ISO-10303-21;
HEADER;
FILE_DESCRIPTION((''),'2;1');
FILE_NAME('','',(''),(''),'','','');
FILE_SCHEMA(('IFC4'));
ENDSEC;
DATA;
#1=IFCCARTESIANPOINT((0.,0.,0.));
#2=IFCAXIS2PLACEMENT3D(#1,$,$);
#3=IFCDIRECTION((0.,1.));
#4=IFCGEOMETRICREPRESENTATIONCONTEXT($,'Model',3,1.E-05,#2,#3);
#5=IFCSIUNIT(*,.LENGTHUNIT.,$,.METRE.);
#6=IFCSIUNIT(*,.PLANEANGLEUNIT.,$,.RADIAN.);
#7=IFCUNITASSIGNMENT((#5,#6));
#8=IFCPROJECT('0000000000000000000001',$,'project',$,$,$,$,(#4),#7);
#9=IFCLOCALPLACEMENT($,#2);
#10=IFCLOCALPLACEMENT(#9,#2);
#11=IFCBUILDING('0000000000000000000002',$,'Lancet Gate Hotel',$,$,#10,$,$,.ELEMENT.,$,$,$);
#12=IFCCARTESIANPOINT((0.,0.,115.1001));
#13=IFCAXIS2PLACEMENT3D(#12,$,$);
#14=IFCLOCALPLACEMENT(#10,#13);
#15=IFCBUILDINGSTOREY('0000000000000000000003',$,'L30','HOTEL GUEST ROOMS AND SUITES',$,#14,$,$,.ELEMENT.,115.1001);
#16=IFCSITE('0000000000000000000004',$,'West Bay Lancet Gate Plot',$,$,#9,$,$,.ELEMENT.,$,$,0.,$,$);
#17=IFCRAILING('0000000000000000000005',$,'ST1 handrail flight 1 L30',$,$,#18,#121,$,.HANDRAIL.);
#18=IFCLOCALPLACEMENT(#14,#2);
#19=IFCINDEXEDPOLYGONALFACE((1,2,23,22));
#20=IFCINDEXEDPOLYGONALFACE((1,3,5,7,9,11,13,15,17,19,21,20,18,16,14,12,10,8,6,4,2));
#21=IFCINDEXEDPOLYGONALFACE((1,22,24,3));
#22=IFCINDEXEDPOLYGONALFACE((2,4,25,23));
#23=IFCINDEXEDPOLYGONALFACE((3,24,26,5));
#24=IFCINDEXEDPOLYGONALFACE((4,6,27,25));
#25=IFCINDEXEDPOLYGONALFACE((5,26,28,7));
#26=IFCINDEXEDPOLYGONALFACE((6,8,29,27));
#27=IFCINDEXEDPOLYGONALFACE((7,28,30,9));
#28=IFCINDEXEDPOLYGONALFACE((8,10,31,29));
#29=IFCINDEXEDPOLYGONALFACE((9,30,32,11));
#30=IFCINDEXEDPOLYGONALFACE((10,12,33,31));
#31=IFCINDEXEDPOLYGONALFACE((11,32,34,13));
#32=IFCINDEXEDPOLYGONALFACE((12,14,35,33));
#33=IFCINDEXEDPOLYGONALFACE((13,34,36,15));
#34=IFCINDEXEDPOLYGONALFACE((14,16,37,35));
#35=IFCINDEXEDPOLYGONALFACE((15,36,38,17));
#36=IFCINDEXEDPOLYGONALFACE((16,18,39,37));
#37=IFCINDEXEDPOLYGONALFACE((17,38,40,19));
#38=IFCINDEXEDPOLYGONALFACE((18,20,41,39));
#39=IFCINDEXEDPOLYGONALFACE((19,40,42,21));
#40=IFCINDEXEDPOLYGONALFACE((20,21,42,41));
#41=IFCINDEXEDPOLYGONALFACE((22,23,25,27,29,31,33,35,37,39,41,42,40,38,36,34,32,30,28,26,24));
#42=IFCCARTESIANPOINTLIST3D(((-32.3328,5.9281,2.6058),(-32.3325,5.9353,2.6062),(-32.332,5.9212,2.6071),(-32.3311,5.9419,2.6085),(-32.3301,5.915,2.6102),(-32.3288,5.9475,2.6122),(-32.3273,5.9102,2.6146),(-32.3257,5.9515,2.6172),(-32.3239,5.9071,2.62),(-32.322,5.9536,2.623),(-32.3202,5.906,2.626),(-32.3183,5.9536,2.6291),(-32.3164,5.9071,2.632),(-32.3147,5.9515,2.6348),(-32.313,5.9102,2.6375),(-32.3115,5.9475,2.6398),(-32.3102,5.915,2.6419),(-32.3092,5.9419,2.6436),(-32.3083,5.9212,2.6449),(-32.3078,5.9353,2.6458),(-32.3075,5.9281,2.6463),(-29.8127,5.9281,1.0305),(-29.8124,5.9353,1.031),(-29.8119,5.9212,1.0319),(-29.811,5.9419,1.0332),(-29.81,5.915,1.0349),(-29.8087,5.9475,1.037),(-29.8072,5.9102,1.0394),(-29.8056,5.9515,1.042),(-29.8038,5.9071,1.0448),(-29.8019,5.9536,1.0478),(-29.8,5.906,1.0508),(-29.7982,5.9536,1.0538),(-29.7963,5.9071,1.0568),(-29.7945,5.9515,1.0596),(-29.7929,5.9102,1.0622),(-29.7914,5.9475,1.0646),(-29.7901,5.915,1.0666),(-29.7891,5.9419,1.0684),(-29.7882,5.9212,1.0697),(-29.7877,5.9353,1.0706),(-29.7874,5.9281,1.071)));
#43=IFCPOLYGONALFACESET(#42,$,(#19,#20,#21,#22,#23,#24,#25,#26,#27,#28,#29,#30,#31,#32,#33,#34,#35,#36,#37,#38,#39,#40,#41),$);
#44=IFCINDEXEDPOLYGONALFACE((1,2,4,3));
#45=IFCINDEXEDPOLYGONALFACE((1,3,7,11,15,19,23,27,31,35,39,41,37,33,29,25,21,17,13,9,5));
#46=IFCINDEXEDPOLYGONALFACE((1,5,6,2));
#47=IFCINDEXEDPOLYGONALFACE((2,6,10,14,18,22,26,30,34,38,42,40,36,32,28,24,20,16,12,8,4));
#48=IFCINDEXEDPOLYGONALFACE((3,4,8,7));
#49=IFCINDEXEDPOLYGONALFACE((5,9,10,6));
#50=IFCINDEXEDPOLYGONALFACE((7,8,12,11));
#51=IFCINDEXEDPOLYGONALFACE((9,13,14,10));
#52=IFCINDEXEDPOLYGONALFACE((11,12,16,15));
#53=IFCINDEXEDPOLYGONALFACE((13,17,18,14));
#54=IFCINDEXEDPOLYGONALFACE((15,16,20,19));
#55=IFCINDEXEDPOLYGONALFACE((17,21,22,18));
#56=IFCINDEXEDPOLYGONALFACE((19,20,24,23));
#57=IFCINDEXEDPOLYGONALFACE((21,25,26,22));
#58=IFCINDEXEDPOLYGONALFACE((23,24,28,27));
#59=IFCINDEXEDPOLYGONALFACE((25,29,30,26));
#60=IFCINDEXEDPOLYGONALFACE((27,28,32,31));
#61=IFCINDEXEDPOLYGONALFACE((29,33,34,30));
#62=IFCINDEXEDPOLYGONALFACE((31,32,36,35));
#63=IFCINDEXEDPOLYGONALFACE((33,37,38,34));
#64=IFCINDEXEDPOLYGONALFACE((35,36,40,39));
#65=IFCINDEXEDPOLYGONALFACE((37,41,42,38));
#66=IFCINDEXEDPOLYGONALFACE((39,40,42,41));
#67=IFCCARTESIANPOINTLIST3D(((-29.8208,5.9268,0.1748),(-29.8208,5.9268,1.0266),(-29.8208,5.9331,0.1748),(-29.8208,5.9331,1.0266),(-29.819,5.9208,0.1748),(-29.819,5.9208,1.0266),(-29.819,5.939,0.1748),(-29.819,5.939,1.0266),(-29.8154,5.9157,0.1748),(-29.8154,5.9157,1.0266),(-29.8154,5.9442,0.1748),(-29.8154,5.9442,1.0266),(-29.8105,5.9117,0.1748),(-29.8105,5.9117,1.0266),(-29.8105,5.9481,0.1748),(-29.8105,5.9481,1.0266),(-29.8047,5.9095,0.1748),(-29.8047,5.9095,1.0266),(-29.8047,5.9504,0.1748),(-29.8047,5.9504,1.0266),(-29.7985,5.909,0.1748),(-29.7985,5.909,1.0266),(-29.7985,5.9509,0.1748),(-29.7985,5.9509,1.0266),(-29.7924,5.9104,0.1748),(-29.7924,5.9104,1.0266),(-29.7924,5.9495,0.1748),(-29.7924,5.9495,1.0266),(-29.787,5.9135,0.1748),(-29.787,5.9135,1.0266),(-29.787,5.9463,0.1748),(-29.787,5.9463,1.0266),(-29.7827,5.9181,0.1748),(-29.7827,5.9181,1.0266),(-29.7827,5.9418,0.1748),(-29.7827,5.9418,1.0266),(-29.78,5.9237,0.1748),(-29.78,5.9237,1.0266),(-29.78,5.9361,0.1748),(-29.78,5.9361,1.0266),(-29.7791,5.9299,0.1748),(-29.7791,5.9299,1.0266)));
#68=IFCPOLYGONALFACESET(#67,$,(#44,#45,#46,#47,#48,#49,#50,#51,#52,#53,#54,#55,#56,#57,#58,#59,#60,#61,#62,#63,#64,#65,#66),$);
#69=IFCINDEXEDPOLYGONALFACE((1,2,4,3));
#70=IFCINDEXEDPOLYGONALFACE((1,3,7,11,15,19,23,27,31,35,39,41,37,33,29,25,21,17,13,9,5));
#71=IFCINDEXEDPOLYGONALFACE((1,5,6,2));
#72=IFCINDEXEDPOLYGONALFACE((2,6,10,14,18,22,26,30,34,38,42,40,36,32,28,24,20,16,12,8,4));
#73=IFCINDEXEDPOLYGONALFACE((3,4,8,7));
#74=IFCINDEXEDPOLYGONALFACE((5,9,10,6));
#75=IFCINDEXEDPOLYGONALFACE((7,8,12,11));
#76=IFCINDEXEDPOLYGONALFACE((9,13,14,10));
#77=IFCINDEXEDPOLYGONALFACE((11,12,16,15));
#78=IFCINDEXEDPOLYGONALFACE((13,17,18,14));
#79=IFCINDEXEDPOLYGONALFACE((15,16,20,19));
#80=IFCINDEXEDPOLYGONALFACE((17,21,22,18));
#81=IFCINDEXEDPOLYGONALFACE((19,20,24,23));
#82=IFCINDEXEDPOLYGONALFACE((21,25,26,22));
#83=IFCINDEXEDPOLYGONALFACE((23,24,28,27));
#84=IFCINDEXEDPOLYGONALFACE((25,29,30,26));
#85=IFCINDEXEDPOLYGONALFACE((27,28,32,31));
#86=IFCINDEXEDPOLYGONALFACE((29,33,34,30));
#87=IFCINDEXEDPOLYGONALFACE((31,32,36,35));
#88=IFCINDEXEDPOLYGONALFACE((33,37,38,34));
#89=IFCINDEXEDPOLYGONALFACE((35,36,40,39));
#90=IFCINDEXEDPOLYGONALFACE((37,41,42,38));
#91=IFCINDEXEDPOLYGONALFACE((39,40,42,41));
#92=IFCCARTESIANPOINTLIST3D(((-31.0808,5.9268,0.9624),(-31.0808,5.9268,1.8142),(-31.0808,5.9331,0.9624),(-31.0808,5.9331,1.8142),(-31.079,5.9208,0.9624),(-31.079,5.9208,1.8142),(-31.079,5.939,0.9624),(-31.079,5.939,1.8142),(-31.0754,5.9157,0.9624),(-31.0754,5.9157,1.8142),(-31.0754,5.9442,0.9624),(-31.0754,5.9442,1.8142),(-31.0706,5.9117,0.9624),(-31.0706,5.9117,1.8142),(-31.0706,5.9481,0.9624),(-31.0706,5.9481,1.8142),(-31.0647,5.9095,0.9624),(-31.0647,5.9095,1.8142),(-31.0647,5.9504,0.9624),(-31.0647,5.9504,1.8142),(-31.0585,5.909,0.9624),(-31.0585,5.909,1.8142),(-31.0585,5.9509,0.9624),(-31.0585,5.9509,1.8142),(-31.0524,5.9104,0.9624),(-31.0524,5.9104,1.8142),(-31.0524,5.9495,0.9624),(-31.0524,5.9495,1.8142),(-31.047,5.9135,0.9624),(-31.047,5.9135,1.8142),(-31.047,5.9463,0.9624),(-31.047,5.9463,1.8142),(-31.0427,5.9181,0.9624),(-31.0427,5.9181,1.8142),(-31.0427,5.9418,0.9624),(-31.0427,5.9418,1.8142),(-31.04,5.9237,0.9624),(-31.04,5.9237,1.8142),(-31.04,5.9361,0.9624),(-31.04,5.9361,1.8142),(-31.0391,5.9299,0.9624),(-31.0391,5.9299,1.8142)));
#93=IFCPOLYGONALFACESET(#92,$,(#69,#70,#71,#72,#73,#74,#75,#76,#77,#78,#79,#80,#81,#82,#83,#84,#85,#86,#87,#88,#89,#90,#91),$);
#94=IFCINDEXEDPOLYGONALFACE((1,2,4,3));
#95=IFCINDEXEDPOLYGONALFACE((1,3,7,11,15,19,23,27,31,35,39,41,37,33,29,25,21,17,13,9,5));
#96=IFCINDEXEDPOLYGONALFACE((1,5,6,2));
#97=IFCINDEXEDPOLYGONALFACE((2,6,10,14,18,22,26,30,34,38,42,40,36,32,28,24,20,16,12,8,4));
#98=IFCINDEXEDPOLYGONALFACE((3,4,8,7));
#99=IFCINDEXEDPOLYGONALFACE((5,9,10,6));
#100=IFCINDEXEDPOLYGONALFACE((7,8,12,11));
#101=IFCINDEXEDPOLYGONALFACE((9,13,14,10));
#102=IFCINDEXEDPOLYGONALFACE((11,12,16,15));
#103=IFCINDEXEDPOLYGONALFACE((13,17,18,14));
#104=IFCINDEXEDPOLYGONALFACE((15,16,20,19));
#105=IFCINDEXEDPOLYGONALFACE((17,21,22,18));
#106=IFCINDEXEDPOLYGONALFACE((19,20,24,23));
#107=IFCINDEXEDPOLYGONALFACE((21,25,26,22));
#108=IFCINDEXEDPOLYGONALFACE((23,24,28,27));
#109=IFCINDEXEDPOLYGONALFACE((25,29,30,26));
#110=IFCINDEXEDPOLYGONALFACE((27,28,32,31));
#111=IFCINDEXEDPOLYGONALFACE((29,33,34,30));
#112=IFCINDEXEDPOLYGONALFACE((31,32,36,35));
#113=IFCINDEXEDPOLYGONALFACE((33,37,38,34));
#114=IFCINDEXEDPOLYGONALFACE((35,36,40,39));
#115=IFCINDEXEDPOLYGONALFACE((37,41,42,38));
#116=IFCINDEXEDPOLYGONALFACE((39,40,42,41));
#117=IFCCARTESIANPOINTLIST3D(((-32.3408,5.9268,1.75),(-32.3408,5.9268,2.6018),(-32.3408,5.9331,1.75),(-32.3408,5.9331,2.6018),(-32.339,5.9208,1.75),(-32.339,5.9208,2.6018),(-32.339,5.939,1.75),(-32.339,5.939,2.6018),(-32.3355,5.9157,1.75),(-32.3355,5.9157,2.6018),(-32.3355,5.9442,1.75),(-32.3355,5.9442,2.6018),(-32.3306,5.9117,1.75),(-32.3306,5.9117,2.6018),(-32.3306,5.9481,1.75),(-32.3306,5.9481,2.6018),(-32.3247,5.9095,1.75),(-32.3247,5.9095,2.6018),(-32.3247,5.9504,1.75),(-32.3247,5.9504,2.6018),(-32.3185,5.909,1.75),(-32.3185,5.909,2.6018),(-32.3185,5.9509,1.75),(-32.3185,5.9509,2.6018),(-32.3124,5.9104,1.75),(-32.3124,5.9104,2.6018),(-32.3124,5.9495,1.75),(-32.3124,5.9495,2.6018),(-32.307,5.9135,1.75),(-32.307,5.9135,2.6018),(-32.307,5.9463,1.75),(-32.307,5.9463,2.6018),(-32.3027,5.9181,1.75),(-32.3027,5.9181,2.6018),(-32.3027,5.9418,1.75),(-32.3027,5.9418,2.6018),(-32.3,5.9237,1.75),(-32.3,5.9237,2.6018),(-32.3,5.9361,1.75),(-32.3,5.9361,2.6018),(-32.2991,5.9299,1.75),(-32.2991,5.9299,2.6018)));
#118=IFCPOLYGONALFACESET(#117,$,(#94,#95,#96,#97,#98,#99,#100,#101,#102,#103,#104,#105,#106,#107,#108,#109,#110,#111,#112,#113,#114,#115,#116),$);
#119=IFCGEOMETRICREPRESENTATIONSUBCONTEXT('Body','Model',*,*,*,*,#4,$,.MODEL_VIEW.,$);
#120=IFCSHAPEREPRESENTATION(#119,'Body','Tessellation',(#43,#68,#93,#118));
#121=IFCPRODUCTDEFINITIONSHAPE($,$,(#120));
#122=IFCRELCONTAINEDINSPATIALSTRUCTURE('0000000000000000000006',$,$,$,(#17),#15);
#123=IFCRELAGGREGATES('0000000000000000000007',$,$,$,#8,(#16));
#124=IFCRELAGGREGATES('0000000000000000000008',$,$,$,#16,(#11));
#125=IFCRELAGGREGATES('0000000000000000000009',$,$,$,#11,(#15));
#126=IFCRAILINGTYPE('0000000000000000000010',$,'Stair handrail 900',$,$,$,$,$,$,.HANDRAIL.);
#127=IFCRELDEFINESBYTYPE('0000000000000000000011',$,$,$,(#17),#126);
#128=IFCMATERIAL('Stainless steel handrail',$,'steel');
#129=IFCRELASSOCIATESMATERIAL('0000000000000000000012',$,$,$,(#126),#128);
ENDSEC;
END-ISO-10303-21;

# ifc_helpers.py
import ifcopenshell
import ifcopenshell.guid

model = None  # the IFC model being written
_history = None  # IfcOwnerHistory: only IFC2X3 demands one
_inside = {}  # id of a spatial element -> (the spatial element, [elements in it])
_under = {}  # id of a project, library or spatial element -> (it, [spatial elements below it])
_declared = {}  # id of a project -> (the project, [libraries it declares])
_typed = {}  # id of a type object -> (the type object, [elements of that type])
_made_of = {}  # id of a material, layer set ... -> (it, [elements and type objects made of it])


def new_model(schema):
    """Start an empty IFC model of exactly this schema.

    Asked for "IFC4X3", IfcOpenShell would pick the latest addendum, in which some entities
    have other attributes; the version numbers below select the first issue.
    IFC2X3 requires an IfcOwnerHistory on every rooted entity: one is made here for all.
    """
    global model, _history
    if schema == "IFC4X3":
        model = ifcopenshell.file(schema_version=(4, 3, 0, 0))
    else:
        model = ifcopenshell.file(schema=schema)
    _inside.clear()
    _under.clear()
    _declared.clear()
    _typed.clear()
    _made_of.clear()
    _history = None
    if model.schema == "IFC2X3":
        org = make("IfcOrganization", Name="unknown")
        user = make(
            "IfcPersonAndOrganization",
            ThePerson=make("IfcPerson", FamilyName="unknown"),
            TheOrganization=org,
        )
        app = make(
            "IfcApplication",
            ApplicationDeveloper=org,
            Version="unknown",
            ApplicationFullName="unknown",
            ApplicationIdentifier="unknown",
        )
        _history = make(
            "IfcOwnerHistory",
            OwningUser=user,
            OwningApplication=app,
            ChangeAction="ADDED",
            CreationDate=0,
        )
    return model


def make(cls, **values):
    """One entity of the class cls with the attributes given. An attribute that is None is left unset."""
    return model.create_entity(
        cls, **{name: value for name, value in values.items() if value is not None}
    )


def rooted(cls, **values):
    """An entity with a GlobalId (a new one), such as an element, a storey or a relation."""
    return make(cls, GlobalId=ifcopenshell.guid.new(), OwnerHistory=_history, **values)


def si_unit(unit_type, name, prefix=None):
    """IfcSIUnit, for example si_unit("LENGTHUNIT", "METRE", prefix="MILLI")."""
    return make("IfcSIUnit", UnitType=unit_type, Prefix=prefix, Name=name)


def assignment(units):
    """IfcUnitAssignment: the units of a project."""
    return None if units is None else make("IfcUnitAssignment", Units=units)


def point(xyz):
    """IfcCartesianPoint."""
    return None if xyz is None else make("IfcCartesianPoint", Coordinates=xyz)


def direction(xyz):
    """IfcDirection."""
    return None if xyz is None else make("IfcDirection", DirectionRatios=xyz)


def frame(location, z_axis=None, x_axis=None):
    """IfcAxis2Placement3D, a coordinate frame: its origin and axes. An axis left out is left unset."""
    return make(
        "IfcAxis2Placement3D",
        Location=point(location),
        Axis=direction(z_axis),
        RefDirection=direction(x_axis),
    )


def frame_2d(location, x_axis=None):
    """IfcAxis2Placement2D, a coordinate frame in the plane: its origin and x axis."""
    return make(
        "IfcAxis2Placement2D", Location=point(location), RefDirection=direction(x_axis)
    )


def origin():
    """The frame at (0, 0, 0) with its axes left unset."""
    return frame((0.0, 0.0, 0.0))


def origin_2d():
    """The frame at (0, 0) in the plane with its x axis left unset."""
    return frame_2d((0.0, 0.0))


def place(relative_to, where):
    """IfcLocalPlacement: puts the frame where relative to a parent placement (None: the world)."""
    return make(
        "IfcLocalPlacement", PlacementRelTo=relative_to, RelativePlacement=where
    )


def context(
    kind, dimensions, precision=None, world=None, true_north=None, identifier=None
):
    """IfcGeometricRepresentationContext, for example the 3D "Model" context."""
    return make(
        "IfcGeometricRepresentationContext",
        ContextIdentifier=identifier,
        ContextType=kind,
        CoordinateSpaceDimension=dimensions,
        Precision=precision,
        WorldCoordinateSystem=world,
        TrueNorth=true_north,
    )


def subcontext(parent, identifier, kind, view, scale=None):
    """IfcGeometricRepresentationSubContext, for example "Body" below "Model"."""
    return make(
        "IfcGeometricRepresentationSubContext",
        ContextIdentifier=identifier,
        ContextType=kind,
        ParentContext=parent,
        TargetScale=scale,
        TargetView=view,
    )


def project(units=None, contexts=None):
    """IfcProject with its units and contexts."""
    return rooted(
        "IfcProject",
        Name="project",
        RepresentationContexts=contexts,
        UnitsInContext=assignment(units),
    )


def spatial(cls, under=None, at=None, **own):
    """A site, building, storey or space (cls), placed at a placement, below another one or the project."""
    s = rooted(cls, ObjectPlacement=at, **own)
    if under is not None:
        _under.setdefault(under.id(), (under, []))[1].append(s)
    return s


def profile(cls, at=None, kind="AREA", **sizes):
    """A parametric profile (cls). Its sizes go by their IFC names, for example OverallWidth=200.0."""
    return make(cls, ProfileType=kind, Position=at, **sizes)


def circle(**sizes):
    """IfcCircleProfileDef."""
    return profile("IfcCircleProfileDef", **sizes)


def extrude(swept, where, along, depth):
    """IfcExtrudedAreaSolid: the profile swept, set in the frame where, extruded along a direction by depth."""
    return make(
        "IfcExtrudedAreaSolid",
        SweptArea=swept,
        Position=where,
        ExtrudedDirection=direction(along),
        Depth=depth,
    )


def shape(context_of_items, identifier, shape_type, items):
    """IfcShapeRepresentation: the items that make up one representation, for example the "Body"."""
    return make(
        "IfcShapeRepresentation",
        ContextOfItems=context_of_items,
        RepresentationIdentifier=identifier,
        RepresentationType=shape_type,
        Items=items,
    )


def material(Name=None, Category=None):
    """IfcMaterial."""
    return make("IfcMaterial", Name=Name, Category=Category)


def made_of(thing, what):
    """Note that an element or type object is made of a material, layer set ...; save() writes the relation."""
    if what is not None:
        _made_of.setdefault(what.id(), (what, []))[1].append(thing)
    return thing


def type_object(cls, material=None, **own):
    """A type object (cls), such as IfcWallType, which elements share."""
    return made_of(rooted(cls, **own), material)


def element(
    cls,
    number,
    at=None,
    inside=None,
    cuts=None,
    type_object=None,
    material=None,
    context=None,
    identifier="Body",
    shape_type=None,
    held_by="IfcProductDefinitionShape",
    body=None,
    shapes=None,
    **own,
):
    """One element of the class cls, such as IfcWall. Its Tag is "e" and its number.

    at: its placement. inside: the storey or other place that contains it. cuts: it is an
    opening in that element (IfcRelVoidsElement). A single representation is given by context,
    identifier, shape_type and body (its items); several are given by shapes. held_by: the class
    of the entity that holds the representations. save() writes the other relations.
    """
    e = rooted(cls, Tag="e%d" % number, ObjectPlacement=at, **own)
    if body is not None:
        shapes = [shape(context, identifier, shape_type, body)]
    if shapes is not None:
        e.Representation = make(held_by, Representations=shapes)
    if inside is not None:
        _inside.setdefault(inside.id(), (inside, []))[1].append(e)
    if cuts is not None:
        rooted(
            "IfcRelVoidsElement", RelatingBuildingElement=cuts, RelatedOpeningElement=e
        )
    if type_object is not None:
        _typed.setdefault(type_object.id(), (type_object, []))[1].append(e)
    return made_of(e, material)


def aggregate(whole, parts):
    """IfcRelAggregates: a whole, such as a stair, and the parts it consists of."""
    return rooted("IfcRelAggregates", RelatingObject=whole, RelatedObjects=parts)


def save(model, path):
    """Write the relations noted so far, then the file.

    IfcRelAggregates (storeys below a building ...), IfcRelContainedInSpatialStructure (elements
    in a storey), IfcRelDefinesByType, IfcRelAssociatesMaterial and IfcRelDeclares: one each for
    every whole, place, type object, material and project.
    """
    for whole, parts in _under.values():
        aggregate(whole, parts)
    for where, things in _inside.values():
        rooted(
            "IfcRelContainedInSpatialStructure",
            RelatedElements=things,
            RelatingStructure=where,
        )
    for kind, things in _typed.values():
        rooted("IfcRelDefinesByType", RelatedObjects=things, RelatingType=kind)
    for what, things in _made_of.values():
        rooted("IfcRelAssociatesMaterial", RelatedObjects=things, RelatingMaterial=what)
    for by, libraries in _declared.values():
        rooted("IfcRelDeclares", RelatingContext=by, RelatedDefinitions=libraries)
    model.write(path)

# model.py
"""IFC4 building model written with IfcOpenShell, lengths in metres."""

from ifc_helpers import new_model, si_unit, direction, frame, origin, origin_2d, place, context, subcontext, project, spatial, circle, extrude, material, type_object, element, save


model = new_model("IFC4")

# Units and contexts
model_context = context("Model", 3, precision=1e-05, world=origin(), true_north=direction((0.0, 1.0)))
body_context = subcontext(model_context, "Body", "Model", "MODEL_VIEW")
ifc_project = project(units=[si_unit("LENGTHUNIT", "METRE"), si_unit("PLANEANGLEUNIT", "RADIAN")], contexts=[model_context])

# Site, building, storey
site_placement = place(None, origin())
site = spatial("IfcSite", under=ifc_project, at=site_placement, Name="West Bay Lancet Gate Plot", CompositionType="ELEMENT", RefElevation=0.0)
building_placement = place(site_placement, origin())
building = spatial("IfcBuilding", under=site, at=building_placement, Name="Lancet Gate Hotel", CompositionType="ELEMENT")
storey_placement = place(building_placement, frame((0.0, 0.0, 115.1001)))
storey = spatial("IfcBuildingStorey", under=building, at=storey_placement, Name="L30", Description="HOTEL GUEST ROOMS AND SUITES", CompositionType="ELEMENT", Elevation=115.1001)

# Railing
ifc_material_1 = material(Name="Stainless steel handrail", Category="steel")
railing_type = type_object("IfcRailingType", Name="Stair handrail 900", PredefinedType="HANDRAIL", material=ifc_material_1)
railing_1_placement = place(storey_placement, frame((-29.8, 5.9299, 0.1748)))
element("IfcRailing", 1, at=railing_1_placement, inside=storey, type_object=railing_type, Name="ST1 handrail flight 1 L30", PredefinedType="HANDRAIL", context=body_context, shape_type="SweptSolid", body=[
    extrude(circle(Radius=0.0239, at=origin_2d()), frame((0.0, 0.0, 0.876), z_axis=(-0.847971, 0.0, 0.530043), x_axis=(0.0, -1.0, 0.0)), (0.0, 0.0, 1.0), 2.9719),
    extrude(circle(Radius=0.021, at=origin_2d()), origin(), (0.0, 0.0, 1.0), 0.8518),
    extrude(circle(Radius=0.021, at=origin_2d()), frame((-1.26, 0.0, 0.7876)), (0.0, 0.0, 1.0), 0.8518),
    extrude(circle(Radius=0.021, at=origin_2d()), frame((-2.52, 0.0, 1.5752)), (0.0, 0.0, 1.0), 0.8518),
])

save(model, "model.ifc")
